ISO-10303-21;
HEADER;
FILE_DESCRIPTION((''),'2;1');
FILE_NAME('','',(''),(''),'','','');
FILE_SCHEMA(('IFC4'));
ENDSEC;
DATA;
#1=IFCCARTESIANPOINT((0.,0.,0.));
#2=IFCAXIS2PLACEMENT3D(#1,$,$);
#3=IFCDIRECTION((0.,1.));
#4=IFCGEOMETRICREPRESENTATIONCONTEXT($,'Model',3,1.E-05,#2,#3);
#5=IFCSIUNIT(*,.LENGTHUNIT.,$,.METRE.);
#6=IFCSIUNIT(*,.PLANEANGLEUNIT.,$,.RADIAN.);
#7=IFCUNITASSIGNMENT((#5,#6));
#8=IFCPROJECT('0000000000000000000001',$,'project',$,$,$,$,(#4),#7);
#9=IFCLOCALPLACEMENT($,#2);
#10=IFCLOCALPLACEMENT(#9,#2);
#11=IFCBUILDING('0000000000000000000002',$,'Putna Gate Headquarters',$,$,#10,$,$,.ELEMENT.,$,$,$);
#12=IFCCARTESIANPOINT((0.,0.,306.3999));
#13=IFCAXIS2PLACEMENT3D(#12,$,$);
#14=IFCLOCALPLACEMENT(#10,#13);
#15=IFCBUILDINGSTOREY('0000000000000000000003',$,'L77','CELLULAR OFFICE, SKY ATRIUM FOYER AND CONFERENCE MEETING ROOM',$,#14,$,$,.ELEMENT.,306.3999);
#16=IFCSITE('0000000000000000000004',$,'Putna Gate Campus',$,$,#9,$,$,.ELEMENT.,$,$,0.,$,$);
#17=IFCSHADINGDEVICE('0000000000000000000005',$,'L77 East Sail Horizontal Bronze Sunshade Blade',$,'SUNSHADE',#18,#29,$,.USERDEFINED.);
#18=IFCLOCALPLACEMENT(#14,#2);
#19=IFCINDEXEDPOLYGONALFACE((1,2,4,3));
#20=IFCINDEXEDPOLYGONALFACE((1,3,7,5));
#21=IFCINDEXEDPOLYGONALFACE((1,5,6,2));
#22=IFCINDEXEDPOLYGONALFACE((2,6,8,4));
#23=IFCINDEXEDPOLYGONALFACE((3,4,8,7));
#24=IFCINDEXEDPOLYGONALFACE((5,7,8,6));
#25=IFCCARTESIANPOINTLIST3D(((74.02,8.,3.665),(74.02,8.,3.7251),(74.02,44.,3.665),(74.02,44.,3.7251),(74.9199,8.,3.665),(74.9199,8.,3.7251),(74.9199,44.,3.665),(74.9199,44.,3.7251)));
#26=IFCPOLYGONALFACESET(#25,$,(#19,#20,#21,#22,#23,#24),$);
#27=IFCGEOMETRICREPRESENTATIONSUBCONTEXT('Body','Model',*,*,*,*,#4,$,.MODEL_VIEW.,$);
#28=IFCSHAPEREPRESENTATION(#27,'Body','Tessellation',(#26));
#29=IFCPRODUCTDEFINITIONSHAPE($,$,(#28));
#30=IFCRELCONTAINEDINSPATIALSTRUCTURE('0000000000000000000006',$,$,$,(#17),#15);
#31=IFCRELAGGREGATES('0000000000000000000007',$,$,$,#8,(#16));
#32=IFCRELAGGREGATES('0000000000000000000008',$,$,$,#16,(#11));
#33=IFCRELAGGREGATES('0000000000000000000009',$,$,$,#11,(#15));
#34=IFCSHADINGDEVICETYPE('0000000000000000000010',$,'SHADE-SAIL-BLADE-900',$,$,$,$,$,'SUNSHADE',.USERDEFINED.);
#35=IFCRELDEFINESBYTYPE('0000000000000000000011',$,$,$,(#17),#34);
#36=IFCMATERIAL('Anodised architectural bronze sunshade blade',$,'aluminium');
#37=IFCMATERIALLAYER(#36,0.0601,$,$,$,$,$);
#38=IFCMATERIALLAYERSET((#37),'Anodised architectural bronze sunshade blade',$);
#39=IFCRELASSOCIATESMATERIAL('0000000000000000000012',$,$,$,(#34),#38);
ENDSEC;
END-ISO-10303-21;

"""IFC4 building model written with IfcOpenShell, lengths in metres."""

from ifc_helpers import new_model, si_unit, direction, frame, origin, place, context, subcontext, project, spatial, polyline, outline, extrude, material, layer, layer_set, type_object, element, save


model = new_model("IFC4")

# Units and contexts
model_context = context("Model", 3, precision=1e-05, world=origin(), true_north=direction((0.0, 1.0)))
body_context = subcontext(model_context, "Body", "Model", "MODEL_VIEW")
ifc_project = project(units=[si_unit("LENGTHUNIT", "METRE"), si_unit("PLANEANGLEUNIT", "RADIAN")], contexts=[model_context])

# Site, building, storey
site_placement = place(None, origin())
site = spatial("IfcSite", under=ifc_project, at=site_placement, Name="Putna Gate Campus", CompositionType="ELEMENT", RefElevation=0.0)
building_placement = place(site_placement, origin())
building = spatial("IfcBuilding", under=site, at=building_placement, Name="Putna Gate Headquarters", CompositionType="ELEMENT")
storey_placement = place(building_placement, frame((0.0, 0.0, 306.3999)))
storey = spatial("IfcBuildingStorey", under=building, at=storey_placement, Name="L77", Description="CELLULAR OFFICE, SKY ATRIUM FOYER AND CONFERENCE MEETING ROOM", CompositionType="ELEMENT", Elevation=306.3999)

# Shading device
ifc_material_1 = material(Name="Anodised architectural bronze sunshade blade", Category="aluminium")
ifc_layer_1 = layer(ifc_material_1, 0.0601)
ifc_layer_set_1 = layer_set([ifc_layer_1], Name="Anodised architectural bronze sunshade blade")
shading_device_type_1 = type_object("IfcShadingDeviceType", Name="SHADE-SAIL-BLADE-900", ElementType="SUNSHADE", PredefinedType="USERDEFINED", material=ifc_layer_set_1)
shading_device_placement = place(storey_placement, frame((0.0, 0.0, 3.665)))
element("IfcShadingDevice", 1, at=shading_device_placement, inside=storey, type_object=shading_device_type_1, Name="L77 East Sail Horizontal Bronze Sunshade Blade", ObjectType="SUNSHADE", PredefinedType="USERDEFINED", context=body_context, shape_type="SweptSolid", body=[
    extrude(outline(polyline([(74.02, 8.0), (74.9199, 8.0), (74.9199, 44.0), (74.02, 44.0), (74.02, 8.0)])), origin(), (0.0, 0.0, 1.0), 0.0601),
])

save(model, "model.ifc")
